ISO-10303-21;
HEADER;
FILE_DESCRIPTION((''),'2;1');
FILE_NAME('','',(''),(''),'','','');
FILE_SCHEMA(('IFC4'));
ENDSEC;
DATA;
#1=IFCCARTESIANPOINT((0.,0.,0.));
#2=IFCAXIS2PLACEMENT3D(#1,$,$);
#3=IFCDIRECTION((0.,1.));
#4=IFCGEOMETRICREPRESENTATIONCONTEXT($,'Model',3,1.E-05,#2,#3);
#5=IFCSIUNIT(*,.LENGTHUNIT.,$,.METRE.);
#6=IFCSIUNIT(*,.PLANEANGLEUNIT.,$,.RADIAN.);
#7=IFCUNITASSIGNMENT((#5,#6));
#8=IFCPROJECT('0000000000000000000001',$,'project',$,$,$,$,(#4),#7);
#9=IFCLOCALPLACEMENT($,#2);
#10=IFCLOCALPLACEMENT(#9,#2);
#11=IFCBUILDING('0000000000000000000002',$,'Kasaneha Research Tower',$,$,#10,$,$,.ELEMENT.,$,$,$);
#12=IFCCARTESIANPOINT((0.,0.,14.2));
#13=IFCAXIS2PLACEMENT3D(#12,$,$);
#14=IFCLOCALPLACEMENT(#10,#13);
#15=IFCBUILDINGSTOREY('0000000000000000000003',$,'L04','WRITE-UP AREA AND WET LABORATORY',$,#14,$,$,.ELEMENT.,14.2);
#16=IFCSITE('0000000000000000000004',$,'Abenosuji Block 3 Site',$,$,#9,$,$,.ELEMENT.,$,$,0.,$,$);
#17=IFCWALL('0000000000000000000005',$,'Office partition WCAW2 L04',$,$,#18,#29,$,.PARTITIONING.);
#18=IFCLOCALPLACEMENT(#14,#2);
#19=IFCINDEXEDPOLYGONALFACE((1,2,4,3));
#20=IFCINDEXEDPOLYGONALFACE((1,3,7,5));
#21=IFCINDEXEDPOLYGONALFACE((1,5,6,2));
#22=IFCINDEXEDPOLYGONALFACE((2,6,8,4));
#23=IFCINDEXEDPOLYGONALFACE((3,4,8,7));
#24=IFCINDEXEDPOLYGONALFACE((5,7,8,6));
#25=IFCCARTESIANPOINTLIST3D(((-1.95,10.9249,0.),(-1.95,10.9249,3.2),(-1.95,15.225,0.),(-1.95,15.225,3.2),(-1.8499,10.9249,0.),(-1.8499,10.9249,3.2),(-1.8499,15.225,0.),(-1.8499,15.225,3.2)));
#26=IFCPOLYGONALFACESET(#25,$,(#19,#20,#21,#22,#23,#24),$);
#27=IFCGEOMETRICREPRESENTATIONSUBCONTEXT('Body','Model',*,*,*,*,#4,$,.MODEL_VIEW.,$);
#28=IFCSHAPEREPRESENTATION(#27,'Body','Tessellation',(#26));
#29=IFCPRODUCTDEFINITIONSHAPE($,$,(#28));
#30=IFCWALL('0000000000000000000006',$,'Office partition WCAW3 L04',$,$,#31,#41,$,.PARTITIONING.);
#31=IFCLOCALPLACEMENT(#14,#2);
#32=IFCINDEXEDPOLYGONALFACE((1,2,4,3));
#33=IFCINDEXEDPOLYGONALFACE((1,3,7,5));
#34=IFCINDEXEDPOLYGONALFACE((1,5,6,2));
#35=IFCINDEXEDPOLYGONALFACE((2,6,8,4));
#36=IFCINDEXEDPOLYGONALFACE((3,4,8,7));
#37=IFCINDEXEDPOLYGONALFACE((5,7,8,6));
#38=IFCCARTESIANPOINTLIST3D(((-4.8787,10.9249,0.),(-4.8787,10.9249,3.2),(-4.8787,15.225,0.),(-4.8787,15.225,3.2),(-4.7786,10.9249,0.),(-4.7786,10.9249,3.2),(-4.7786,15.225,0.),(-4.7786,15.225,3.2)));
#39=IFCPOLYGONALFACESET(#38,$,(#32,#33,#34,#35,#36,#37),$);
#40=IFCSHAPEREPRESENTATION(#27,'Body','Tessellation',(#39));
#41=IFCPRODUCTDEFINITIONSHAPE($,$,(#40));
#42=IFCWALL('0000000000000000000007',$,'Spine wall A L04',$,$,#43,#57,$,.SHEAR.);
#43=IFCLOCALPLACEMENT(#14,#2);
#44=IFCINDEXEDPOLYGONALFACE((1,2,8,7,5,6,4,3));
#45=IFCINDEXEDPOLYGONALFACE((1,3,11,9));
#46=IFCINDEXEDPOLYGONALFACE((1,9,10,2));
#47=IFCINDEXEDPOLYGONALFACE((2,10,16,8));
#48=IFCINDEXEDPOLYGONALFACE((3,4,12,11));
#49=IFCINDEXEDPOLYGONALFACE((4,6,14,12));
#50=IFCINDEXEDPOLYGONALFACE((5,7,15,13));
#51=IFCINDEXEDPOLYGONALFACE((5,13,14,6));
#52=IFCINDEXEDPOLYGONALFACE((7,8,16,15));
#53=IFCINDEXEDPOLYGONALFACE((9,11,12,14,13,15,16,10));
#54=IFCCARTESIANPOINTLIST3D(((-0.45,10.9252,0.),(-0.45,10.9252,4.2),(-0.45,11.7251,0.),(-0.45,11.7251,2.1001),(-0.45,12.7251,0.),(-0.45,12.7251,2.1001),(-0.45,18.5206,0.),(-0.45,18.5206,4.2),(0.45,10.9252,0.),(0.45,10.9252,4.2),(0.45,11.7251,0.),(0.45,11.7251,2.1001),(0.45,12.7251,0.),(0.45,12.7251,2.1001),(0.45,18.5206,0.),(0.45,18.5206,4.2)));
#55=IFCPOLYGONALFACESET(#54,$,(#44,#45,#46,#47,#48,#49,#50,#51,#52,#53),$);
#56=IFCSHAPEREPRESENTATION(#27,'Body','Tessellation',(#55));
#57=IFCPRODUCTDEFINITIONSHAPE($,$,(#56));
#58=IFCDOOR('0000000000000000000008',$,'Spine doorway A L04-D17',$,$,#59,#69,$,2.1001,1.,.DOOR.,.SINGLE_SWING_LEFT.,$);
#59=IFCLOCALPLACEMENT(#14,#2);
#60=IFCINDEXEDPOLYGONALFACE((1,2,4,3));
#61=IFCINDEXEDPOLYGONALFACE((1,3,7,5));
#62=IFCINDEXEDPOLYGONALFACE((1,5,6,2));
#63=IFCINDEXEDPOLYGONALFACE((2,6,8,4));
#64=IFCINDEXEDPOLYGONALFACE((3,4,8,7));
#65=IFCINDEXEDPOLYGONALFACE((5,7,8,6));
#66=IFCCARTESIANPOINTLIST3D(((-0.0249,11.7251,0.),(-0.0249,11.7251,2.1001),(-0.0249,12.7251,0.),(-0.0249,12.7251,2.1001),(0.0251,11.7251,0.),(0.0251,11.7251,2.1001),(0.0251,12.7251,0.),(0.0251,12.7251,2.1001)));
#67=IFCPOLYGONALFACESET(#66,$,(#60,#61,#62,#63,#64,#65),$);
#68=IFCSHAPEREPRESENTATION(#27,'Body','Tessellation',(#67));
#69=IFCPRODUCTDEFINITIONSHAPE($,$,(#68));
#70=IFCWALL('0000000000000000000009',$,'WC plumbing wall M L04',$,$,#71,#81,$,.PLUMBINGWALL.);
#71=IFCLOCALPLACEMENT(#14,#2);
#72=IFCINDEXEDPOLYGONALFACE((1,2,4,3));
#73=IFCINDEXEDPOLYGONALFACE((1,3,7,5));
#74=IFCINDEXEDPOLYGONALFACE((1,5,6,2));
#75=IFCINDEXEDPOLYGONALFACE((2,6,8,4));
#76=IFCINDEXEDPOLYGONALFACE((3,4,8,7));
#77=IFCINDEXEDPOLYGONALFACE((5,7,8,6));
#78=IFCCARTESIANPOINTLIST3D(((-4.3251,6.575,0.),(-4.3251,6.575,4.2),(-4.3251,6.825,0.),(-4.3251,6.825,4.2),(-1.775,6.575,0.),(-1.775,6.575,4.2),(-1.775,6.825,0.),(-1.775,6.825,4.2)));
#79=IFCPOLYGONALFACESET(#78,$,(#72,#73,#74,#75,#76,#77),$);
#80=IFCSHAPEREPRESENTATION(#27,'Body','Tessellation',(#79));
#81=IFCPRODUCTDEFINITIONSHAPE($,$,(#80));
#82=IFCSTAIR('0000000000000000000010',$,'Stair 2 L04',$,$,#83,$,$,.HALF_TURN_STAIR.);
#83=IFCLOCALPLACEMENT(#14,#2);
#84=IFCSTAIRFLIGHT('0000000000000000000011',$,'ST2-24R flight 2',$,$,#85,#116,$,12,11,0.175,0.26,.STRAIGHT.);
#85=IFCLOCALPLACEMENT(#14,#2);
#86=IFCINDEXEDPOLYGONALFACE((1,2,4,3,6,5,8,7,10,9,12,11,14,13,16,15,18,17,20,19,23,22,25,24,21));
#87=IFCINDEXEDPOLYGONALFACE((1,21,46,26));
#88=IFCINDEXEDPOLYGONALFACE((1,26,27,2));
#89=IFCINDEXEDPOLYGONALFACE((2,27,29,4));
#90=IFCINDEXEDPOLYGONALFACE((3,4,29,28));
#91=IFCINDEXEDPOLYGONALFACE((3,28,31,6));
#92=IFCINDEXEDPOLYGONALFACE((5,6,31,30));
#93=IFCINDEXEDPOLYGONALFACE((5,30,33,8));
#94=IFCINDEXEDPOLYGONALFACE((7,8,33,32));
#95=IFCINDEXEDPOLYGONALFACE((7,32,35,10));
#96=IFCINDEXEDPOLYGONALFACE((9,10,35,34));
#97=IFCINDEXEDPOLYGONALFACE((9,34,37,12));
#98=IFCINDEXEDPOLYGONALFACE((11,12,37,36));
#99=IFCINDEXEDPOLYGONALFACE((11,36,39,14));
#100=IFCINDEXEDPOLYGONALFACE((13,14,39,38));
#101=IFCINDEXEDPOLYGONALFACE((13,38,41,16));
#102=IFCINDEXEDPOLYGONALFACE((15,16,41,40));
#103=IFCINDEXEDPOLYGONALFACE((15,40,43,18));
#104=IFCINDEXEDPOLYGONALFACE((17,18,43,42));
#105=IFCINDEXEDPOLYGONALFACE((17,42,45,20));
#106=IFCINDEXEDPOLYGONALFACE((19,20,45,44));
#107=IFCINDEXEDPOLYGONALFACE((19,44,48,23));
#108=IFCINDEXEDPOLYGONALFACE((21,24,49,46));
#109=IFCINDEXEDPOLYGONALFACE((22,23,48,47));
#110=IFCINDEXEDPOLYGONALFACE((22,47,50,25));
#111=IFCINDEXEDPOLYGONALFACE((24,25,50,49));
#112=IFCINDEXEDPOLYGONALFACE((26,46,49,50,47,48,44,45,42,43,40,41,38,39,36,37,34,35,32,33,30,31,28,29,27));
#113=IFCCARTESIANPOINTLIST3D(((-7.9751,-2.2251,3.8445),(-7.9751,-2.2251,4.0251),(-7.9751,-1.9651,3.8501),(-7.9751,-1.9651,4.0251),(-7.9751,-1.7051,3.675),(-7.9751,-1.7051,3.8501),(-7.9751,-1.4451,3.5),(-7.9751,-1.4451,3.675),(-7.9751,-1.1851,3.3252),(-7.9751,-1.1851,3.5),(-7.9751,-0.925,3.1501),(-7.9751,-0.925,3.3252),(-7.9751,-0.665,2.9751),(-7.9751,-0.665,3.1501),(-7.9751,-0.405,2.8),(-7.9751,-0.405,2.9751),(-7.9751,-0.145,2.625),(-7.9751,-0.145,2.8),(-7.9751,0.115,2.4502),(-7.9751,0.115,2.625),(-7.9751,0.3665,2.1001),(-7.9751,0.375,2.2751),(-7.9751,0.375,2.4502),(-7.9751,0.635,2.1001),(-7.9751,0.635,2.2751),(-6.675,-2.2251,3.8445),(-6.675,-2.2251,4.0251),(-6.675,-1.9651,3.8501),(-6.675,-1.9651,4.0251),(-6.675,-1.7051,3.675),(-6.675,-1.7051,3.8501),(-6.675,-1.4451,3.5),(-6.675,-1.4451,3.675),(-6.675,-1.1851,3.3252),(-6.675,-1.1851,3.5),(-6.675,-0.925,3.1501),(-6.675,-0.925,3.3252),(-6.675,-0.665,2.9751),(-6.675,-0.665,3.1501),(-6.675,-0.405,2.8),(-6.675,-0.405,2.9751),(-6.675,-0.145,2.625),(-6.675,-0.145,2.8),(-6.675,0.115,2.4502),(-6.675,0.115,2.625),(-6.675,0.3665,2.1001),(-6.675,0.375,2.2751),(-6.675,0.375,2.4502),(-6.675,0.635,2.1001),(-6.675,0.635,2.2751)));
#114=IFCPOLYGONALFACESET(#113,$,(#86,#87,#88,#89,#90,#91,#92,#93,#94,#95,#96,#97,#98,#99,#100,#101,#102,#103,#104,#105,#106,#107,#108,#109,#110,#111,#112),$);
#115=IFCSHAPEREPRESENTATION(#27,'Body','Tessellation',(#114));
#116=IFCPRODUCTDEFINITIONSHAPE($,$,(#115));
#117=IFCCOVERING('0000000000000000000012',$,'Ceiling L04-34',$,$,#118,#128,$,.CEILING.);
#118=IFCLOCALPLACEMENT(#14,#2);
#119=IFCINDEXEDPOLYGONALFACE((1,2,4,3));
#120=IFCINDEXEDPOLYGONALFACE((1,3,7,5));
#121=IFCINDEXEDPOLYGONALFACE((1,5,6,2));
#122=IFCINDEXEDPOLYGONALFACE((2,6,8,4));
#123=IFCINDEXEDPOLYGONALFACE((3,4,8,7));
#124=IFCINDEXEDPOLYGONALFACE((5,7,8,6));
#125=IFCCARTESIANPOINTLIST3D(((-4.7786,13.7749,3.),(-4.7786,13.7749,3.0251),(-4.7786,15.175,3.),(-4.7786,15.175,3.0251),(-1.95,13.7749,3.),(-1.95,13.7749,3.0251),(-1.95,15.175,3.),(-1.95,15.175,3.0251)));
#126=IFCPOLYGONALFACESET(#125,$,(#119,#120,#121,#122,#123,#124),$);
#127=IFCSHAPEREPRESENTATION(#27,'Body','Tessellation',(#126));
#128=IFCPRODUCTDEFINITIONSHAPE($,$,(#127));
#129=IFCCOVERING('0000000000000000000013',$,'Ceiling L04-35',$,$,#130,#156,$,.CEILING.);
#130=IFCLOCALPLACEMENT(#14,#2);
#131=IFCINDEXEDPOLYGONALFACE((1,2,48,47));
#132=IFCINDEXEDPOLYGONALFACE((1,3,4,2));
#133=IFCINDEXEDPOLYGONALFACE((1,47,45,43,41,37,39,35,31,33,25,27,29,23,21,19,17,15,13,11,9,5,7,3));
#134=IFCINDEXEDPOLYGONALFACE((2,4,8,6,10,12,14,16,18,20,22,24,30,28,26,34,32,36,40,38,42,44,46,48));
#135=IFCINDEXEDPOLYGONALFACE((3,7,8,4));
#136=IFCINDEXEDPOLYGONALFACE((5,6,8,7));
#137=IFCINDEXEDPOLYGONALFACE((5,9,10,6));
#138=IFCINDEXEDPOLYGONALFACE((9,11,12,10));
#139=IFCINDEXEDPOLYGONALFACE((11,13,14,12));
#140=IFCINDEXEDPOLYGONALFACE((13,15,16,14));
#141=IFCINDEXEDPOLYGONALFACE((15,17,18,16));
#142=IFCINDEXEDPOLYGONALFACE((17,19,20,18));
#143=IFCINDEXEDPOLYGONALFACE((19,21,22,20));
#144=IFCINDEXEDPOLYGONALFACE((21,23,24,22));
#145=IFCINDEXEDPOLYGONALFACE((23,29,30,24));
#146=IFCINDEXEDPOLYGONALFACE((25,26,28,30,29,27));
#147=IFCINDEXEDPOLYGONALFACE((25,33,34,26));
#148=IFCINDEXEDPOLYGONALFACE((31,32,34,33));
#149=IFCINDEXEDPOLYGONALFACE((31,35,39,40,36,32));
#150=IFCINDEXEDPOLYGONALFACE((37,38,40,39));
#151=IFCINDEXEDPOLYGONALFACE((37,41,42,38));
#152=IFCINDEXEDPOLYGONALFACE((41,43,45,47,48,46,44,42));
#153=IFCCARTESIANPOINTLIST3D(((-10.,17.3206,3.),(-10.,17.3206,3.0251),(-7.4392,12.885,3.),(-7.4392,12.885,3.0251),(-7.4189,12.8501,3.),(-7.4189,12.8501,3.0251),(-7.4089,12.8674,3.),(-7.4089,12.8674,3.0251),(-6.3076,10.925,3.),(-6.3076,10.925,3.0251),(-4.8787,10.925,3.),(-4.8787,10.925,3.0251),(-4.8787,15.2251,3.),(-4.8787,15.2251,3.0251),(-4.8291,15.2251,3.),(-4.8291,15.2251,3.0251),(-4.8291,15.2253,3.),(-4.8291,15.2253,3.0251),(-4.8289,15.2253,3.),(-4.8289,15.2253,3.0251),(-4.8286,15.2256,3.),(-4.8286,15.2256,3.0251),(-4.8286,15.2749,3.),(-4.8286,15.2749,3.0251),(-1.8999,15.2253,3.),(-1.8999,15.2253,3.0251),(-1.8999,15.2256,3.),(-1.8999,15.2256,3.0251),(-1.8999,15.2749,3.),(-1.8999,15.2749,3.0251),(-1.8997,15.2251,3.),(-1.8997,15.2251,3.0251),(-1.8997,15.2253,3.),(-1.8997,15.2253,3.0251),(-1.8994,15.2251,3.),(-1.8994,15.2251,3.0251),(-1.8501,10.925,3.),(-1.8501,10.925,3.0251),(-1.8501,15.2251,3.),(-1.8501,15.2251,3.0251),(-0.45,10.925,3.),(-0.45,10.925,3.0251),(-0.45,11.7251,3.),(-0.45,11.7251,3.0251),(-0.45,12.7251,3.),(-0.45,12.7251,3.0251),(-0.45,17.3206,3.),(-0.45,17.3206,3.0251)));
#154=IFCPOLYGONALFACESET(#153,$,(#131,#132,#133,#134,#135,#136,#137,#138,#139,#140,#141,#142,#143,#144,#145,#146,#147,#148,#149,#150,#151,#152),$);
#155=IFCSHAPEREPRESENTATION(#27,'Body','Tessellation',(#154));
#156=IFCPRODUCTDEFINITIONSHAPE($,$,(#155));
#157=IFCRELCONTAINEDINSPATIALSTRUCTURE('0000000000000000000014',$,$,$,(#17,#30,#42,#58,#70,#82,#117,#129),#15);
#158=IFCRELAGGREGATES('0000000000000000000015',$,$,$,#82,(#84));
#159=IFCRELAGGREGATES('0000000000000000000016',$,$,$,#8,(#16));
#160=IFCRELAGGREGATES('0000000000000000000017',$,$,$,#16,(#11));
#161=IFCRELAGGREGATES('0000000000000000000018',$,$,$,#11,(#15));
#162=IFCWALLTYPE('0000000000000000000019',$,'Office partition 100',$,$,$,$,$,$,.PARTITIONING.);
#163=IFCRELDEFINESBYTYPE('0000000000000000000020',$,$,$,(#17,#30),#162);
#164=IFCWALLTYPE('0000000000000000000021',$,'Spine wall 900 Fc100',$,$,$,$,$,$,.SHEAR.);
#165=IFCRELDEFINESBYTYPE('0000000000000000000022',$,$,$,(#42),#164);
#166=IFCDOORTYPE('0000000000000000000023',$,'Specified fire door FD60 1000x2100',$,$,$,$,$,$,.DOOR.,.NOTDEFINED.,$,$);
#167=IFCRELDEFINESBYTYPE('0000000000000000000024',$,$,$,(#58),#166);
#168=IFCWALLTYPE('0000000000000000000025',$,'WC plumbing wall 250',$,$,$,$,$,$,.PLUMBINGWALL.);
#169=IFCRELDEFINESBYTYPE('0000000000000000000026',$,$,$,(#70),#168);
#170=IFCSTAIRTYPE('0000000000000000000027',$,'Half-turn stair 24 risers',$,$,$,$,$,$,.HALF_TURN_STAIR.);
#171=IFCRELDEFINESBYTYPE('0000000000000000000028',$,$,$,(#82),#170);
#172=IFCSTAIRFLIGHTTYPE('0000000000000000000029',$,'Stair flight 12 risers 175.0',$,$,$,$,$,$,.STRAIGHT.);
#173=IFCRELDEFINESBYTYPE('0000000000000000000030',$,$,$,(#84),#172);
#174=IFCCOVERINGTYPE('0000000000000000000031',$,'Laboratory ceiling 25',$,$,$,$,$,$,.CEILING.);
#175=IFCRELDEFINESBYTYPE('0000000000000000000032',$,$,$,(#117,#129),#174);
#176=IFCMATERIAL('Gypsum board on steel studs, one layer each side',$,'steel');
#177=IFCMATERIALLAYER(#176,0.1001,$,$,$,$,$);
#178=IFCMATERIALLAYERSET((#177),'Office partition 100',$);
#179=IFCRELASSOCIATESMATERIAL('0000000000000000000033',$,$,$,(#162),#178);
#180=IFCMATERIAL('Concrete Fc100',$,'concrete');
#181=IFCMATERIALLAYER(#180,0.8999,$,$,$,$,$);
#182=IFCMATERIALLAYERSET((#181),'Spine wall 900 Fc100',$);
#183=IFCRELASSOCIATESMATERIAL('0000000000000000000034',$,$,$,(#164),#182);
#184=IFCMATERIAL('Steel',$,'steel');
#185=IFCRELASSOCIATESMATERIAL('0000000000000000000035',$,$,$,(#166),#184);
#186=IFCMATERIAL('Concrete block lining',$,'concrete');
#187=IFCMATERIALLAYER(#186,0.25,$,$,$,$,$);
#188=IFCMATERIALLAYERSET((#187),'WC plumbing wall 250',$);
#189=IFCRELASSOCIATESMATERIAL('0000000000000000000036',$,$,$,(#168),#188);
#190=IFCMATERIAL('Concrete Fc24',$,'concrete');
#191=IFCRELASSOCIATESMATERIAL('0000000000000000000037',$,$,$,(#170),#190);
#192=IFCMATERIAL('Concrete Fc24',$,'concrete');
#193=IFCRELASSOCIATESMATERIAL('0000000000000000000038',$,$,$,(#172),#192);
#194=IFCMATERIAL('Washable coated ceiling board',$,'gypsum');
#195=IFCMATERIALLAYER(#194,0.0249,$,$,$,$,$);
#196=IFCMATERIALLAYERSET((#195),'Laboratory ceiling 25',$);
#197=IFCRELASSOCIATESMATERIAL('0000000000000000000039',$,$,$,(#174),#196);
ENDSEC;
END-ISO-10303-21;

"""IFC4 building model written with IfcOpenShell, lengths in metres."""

from ifc_helpers import new_model, si_unit, direction, frame, frame_2d, origin, place, context, subcontext, project, spatial, polyline, rectangle, outline, extrude, material, layer, layer_set, type_object, element, fill, aggregate, save


model = new_model("IFC4")

# Units and contexts
model_context = context("Model", 3, precision=1e-05, world=origin(), true_north=direction((0.0, 1.0)))
body_context = subcontext(model_context, "Body", "Model", "MODEL_VIEW")
ifc_project = project(units=[si_unit("LENGTHUNIT", "METRE"), si_unit("PLANEANGLEUNIT", "RADIAN")], contexts=[model_context])

# Site, building, storey
site_placement = place(None, origin())
site = spatial("IfcSite", under=ifc_project, at=site_placement, Name="Abenosuji Block 3 Site", CompositionType="ELEMENT", RefElevation=0.0)
building_placement = place(site_placement, origin())
building = spatial("IfcBuilding", under=site, at=building_placement, Name="Kasaneha Research Tower", CompositionType="ELEMENT")
storey_placement = place(building_placement, frame((0.0, 0.0, 14.2)))
storey = spatial("IfcBuildingStorey", under=building, at=storey_placement, Name="L04", Description="WRITE-UP AREA AND WET LABORATORY", CompositionType="ELEMENT", Elevation=14.2)

# Shared definitions
ifc_material_1 = material(Name="Gypsum board on steel studs, one layer each side", Category="steel")
ifc_layer_1 = layer(ifc_material_1, 0.1001)
ifc_layer_set_1 = layer_set([ifc_layer_1], Name="Office partition 100")
wall_type_1 = type_object("IfcWallType", Name="Office partition 100", PredefinedType="PARTITIONING", material=ifc_layer_set_1)

# Walls
for number, where, z_axis, x_axis, name in (
    (1, (-1.8999, 10.925, 0.0), (0.0, 0.0, 1.0), (0.0, 1.0, 0.0), "Office partition WCAW2 L04"),
    (2, (-4.8286, 10.925, 0.0), (0.0, 0.0, 1.0), (0.0, 1.0, 0.0), "Office partition WCAW3 L04"),
):
    element("IfcWall", number, at=place(storey_placement, frame(where, z_axis=z_axis, x_axis=x_axis)), inside=storey, type_object=wall_type_1, Name=name, PredefinedType="PARTITIONING", context=body_context, shape_type="SweptSolid", body=[
        extrude(rectangle(XDim=4.3, YDim=0.1001, at=frame_2d((2.1499, 0.0))), origin(), (0.0, 0.0, 1.0), 3.2),
    ])

# Wall, opening, door
ifc_material_2 = material(Name="Concrete Fc100", Category="concrete")
ifc_layer_2 = layer(ifc_material_2, 0.8999)
ifc_layer_set_2 = layer_set([ifc_layer_2], Name="Spine wall 900 Fc100")
wall_type_2 = type_object("IfcWallType", Name="Spine wall 900 Fc100", PredefinedType="SHEAR", material=ifc_layer_set_2)
wall_1_placement = place(storey_placement, frame((0.0, 10.925, 0.0), z_axis=(0.0, 0.0, 1.0), x_axis=(0.0, 1.0, 0.0)))
wall_1 = element("IfcWall", 3, at=wall_1_placement, inside=storey, type_object=wall_type_2, Name="Spine wall A L04", PredefinedType="SHEAR", context=body_context, shape_type="SweptSolid", body=[
    extrude(rectangle(XDim=7.5955, YDim=0.8999, at=frame_2d((3.7979, 0.0))), origin(), (0.0, 0.0, 1.0), 4.2),
])
opening_1_placement = place(wall_1_placement, frame((0.8, 0.0, 0.0)))
opening_1 = element("IfcOpeningElement", 4, at=opening_1_placement, cuts=wall_1, PredefinedType="OPENING", context=body_context, shape_type="SweptSolid", body=[
    extrude(rectangle(XDim=1.0, YDim=2.1001, at=frame_2d((0.5, 1.05))), frame((0.0, 0.46, 0.0), z_axis=(0.0, -1.0, 0.0), x_axis=(1.0, 0.0, 0.0)), (0.0, 0.0, 1.0), 0.9199),
])
ifc_material_3 = material(Name="Steel", Category="steel")
door_type_1 = type_object("IfcDoorType", Name="Specified fire door FD60 1000x2100", OperationType="NOTDEFINED", PredefinedType="DOOR", material=ifc_material_3)
door_1_placement = place(opening_1_placement, origin())
door_1 = element("IfcDoor", 5, at=door_1_placement, inside=storey, type_object=door_type_1, Name="Spine doorway A L04-D17", OperationType="SINGLE_SWING_LEFT", OverallHeight=2.1001, OverallWidth=1.0, PredefinedType="DOOR", context=body_context, shape_type="SweptSolid", body=[
    extrude(rectangle(XDim=1.0, YDim=2.1001, at=frame_2d((0.5, 1.05))), frame((0.0, 0.0249, 0.0), z_axis=(0.0, -1.0, 0.0), x_axis=(1.0, 0.0, 0.0)), (0.0, 0.0, 1.0), 0.05),
])
fill(opening_1, door_1)

# Wall
ifc_material_4 = material(Name="Concrete block lining", Category="concrete")
ifc_layer_3 = layer(ifc_material_4, 0.25)
ifc_layer_set_3 = layer_set([ifc_layer_3], Name="WC plumbing wall 250")
wall_type_3 = type_object("IfcWallType", Name="WC plumbing wall 250", PredefinedType="PLUMBINGWALL", material=ifc_layer_set_3)
wall_2_placement = place(storey_placement, frame((-4.325, 6.7, 0.0), z_axis=(0.0, 0.0, 1.0), x_axis=(1.0, 0.0, 0.0)))
element("IfcWall", 6, at=wall_2_placement, inside=storey, type_object=wall_type_3, Name="WC plumbing wall M L04", PredefinedType="PLUMBINGWALL", context=body_context, shape_type="SweptSolid", body=[
    extrude(rectangle(XDim=2.55, YDim=0.25, at=frame_2d((1.2749, 0.0))), origin(), (0.0, 0.0, 1.0), 4.2),
])

# Stair, stair flight
ifc_material_5 = material(Name="Concrete Fc24", Category="concrete")
stair_type = type_object("IfcStairType", Name="Half-turn stair 24 risers", PredefinedType="HALF_TURN_STAIR", material=ifc_material_5)
stair_placement = place(storey_placement, origin())
stair = element("IfcStair", 7, at=stair_placement, inside=storey, type_object=stair_type, Name="Stair 2 L04", PredefinedType="HALF_TURN_STAIR")
ifc_material_6 = material(Name="Concrete Fc24", Category="concrete")
stair_flight_type = type_object("IfcStairFlightType", Name="Stair flight 12 risers 175.0", PredefinedType="STRAIGHT", material=ifc_material_6)
stair_flight_placement = place(storey_placement, frame((-7.325, 0.635, 2.1001), z_axis=(0.0, 0.0, 1.0), x_axis=(0.0, -1.0, 0.0)))
stair_flight = element("IfcStairFlight", 8, at=stair_flight_placement, type_object=stair_flight_type, Name="ST2-24R flight 2", NumberOfRisers=12, NumberOfTreads=11, PredefinedType="STRAIGHT", RiserHeight=0.175, TreadLength=0.26, context=body_context, shape_type="SweptSolid", body=[
    extrude(outline(polyline([(0.0, 0.0), (0.0, 0.175), (0.26, 0.175), (0.26, 0.3501), (0.52, 0.3501), (0.52, 0.5249), (0.78, 0.5249), (0.78, 0.7), (1.04, 0.7), (1.04, 0.875), (1.3, 0.875), (1.3, 1.05), (1.5601, 1.05), (1.5601, 1.2251), (1.8201, 1.2251), (1.8201, 1.3999), (2.0801, 1.3999), (2.0801, 1.575), (2.3401, 1.575), (2.3401, 1.75), (2.6001, 1.75), (2.6001, 1.925), (2.8601, 1.925), (2.8601, 2.1001), (2.8601, 1.7444), (0.2686, 0.0), (0.0, 0.0)])), frame((0.0, 0.6499, 0.0), z_axis=(0.0, -1.0, 0.0), x_axis=(1.0, 0.0, 0.0)), (0.0, 0.0, 1.0), 1.3),
])
aggregate(stair, [stair_flight])

# Coverings
ifc_material_7 = material(Name="Washable coated ceiling board", Category="gypsum")
ifc_layer_4 = layer(ifc_material_7, 0.0249)
ifc_layer_set_4 = layer_set([ifc_layer_4], Name="Laboratory ceiling 25")
covering_type = type_object("IfcCoveringType", Name="Laboratory ceiling 25", PredefinedType="CEILING", material=ifc_layer_set_4)
covering_1_placement = place(storey_placement, frame((0.0, 0.0, 3.0)))
element("IfcCovering", 9, at=covering_1_placement, inside=storey, type_object=covering_type, Name="Ceiling L04-34", PredefinedType="CEILING", context=body_context, shape_type="SweptSolid", body=[
    extrude(outline(polyline([(-1.95, 15.175), (-1.95, 13.7749), (-4.7786, 13.7749), (-4.7786, 15.175), (-1.95, 15.175)])), origin(), (0.0, 0.0, 1.0), 0.0251),
])
covering_2_placement = place(storey_placement, frame((0.0, 0.0, 3.0)))
element("IfcCovering", 10, at=covering_2_placement, inside=storey, type_object=covering_type, Name="Ceiling L04-35", PredefinedType="CEILING", context=body_context, shape_type="SweptSolid", body=[
    extrude(outline(polyline([(-1.8501, 10.925), (-1.8501, 15.2251), (-1.8994, 15.2251), (-1.8994, 15.2251), (-1.8994, 15.2251), (-1.8994, 15.2251), (-1.8997, 15.2251), (-1.8997, 15.2253), (-1.8997, 15.2253), (-1.8997, 15.2253), (-1.8997, 15.2253), (-1.8997, 15.2253), (-1.8997, 15.2253), (-1.8997, 15.2253), (-1.8999, 15.2253), (-1.8999, 15.2256), (-1.8999, 15.2256), (-1.8999, 15.2256), (-1.8999, 15.2256), (-1.8999, 15.2749), (-4.8286, 15.2749), (-4.8286, 15.2256), (-4.8286, 15.2256), (-4.8286, 15.2256), (-4.8286, 15.2256), (-4.8289, 15.2253), (-4.8289, 15.2253), (-4.8289, 15.2253), (-4.8289, 15.2253), (-4.8289, 15.2253), (-4.8289, 15.2253), (-4.8291, 15.2253), (-4.8291, 15.2253), (-4.8291, 15.2251), (-4.8291, 15.2251), (-4.8291, 15.2251), (-4.8291, 15.2251), (-4.8291, 15.2251), (-4.8787, 15.2251), (-4.8787, 10.925), (-6.3076, 10.925), (-7.4189, 12.8501), (-7.4089, 12.8674), (-7.4392, 12.885), (-10.0, 17.3206), (-0.45, 17.3206), (-0.45, 12.7251), (-0.45, 11.7251), (-0.45, 10.925), (-1.8501, 10.925)])), origin(), (0.0, 0.0, 1.0), 0.0251),
])

save(model, "model.ifc")
